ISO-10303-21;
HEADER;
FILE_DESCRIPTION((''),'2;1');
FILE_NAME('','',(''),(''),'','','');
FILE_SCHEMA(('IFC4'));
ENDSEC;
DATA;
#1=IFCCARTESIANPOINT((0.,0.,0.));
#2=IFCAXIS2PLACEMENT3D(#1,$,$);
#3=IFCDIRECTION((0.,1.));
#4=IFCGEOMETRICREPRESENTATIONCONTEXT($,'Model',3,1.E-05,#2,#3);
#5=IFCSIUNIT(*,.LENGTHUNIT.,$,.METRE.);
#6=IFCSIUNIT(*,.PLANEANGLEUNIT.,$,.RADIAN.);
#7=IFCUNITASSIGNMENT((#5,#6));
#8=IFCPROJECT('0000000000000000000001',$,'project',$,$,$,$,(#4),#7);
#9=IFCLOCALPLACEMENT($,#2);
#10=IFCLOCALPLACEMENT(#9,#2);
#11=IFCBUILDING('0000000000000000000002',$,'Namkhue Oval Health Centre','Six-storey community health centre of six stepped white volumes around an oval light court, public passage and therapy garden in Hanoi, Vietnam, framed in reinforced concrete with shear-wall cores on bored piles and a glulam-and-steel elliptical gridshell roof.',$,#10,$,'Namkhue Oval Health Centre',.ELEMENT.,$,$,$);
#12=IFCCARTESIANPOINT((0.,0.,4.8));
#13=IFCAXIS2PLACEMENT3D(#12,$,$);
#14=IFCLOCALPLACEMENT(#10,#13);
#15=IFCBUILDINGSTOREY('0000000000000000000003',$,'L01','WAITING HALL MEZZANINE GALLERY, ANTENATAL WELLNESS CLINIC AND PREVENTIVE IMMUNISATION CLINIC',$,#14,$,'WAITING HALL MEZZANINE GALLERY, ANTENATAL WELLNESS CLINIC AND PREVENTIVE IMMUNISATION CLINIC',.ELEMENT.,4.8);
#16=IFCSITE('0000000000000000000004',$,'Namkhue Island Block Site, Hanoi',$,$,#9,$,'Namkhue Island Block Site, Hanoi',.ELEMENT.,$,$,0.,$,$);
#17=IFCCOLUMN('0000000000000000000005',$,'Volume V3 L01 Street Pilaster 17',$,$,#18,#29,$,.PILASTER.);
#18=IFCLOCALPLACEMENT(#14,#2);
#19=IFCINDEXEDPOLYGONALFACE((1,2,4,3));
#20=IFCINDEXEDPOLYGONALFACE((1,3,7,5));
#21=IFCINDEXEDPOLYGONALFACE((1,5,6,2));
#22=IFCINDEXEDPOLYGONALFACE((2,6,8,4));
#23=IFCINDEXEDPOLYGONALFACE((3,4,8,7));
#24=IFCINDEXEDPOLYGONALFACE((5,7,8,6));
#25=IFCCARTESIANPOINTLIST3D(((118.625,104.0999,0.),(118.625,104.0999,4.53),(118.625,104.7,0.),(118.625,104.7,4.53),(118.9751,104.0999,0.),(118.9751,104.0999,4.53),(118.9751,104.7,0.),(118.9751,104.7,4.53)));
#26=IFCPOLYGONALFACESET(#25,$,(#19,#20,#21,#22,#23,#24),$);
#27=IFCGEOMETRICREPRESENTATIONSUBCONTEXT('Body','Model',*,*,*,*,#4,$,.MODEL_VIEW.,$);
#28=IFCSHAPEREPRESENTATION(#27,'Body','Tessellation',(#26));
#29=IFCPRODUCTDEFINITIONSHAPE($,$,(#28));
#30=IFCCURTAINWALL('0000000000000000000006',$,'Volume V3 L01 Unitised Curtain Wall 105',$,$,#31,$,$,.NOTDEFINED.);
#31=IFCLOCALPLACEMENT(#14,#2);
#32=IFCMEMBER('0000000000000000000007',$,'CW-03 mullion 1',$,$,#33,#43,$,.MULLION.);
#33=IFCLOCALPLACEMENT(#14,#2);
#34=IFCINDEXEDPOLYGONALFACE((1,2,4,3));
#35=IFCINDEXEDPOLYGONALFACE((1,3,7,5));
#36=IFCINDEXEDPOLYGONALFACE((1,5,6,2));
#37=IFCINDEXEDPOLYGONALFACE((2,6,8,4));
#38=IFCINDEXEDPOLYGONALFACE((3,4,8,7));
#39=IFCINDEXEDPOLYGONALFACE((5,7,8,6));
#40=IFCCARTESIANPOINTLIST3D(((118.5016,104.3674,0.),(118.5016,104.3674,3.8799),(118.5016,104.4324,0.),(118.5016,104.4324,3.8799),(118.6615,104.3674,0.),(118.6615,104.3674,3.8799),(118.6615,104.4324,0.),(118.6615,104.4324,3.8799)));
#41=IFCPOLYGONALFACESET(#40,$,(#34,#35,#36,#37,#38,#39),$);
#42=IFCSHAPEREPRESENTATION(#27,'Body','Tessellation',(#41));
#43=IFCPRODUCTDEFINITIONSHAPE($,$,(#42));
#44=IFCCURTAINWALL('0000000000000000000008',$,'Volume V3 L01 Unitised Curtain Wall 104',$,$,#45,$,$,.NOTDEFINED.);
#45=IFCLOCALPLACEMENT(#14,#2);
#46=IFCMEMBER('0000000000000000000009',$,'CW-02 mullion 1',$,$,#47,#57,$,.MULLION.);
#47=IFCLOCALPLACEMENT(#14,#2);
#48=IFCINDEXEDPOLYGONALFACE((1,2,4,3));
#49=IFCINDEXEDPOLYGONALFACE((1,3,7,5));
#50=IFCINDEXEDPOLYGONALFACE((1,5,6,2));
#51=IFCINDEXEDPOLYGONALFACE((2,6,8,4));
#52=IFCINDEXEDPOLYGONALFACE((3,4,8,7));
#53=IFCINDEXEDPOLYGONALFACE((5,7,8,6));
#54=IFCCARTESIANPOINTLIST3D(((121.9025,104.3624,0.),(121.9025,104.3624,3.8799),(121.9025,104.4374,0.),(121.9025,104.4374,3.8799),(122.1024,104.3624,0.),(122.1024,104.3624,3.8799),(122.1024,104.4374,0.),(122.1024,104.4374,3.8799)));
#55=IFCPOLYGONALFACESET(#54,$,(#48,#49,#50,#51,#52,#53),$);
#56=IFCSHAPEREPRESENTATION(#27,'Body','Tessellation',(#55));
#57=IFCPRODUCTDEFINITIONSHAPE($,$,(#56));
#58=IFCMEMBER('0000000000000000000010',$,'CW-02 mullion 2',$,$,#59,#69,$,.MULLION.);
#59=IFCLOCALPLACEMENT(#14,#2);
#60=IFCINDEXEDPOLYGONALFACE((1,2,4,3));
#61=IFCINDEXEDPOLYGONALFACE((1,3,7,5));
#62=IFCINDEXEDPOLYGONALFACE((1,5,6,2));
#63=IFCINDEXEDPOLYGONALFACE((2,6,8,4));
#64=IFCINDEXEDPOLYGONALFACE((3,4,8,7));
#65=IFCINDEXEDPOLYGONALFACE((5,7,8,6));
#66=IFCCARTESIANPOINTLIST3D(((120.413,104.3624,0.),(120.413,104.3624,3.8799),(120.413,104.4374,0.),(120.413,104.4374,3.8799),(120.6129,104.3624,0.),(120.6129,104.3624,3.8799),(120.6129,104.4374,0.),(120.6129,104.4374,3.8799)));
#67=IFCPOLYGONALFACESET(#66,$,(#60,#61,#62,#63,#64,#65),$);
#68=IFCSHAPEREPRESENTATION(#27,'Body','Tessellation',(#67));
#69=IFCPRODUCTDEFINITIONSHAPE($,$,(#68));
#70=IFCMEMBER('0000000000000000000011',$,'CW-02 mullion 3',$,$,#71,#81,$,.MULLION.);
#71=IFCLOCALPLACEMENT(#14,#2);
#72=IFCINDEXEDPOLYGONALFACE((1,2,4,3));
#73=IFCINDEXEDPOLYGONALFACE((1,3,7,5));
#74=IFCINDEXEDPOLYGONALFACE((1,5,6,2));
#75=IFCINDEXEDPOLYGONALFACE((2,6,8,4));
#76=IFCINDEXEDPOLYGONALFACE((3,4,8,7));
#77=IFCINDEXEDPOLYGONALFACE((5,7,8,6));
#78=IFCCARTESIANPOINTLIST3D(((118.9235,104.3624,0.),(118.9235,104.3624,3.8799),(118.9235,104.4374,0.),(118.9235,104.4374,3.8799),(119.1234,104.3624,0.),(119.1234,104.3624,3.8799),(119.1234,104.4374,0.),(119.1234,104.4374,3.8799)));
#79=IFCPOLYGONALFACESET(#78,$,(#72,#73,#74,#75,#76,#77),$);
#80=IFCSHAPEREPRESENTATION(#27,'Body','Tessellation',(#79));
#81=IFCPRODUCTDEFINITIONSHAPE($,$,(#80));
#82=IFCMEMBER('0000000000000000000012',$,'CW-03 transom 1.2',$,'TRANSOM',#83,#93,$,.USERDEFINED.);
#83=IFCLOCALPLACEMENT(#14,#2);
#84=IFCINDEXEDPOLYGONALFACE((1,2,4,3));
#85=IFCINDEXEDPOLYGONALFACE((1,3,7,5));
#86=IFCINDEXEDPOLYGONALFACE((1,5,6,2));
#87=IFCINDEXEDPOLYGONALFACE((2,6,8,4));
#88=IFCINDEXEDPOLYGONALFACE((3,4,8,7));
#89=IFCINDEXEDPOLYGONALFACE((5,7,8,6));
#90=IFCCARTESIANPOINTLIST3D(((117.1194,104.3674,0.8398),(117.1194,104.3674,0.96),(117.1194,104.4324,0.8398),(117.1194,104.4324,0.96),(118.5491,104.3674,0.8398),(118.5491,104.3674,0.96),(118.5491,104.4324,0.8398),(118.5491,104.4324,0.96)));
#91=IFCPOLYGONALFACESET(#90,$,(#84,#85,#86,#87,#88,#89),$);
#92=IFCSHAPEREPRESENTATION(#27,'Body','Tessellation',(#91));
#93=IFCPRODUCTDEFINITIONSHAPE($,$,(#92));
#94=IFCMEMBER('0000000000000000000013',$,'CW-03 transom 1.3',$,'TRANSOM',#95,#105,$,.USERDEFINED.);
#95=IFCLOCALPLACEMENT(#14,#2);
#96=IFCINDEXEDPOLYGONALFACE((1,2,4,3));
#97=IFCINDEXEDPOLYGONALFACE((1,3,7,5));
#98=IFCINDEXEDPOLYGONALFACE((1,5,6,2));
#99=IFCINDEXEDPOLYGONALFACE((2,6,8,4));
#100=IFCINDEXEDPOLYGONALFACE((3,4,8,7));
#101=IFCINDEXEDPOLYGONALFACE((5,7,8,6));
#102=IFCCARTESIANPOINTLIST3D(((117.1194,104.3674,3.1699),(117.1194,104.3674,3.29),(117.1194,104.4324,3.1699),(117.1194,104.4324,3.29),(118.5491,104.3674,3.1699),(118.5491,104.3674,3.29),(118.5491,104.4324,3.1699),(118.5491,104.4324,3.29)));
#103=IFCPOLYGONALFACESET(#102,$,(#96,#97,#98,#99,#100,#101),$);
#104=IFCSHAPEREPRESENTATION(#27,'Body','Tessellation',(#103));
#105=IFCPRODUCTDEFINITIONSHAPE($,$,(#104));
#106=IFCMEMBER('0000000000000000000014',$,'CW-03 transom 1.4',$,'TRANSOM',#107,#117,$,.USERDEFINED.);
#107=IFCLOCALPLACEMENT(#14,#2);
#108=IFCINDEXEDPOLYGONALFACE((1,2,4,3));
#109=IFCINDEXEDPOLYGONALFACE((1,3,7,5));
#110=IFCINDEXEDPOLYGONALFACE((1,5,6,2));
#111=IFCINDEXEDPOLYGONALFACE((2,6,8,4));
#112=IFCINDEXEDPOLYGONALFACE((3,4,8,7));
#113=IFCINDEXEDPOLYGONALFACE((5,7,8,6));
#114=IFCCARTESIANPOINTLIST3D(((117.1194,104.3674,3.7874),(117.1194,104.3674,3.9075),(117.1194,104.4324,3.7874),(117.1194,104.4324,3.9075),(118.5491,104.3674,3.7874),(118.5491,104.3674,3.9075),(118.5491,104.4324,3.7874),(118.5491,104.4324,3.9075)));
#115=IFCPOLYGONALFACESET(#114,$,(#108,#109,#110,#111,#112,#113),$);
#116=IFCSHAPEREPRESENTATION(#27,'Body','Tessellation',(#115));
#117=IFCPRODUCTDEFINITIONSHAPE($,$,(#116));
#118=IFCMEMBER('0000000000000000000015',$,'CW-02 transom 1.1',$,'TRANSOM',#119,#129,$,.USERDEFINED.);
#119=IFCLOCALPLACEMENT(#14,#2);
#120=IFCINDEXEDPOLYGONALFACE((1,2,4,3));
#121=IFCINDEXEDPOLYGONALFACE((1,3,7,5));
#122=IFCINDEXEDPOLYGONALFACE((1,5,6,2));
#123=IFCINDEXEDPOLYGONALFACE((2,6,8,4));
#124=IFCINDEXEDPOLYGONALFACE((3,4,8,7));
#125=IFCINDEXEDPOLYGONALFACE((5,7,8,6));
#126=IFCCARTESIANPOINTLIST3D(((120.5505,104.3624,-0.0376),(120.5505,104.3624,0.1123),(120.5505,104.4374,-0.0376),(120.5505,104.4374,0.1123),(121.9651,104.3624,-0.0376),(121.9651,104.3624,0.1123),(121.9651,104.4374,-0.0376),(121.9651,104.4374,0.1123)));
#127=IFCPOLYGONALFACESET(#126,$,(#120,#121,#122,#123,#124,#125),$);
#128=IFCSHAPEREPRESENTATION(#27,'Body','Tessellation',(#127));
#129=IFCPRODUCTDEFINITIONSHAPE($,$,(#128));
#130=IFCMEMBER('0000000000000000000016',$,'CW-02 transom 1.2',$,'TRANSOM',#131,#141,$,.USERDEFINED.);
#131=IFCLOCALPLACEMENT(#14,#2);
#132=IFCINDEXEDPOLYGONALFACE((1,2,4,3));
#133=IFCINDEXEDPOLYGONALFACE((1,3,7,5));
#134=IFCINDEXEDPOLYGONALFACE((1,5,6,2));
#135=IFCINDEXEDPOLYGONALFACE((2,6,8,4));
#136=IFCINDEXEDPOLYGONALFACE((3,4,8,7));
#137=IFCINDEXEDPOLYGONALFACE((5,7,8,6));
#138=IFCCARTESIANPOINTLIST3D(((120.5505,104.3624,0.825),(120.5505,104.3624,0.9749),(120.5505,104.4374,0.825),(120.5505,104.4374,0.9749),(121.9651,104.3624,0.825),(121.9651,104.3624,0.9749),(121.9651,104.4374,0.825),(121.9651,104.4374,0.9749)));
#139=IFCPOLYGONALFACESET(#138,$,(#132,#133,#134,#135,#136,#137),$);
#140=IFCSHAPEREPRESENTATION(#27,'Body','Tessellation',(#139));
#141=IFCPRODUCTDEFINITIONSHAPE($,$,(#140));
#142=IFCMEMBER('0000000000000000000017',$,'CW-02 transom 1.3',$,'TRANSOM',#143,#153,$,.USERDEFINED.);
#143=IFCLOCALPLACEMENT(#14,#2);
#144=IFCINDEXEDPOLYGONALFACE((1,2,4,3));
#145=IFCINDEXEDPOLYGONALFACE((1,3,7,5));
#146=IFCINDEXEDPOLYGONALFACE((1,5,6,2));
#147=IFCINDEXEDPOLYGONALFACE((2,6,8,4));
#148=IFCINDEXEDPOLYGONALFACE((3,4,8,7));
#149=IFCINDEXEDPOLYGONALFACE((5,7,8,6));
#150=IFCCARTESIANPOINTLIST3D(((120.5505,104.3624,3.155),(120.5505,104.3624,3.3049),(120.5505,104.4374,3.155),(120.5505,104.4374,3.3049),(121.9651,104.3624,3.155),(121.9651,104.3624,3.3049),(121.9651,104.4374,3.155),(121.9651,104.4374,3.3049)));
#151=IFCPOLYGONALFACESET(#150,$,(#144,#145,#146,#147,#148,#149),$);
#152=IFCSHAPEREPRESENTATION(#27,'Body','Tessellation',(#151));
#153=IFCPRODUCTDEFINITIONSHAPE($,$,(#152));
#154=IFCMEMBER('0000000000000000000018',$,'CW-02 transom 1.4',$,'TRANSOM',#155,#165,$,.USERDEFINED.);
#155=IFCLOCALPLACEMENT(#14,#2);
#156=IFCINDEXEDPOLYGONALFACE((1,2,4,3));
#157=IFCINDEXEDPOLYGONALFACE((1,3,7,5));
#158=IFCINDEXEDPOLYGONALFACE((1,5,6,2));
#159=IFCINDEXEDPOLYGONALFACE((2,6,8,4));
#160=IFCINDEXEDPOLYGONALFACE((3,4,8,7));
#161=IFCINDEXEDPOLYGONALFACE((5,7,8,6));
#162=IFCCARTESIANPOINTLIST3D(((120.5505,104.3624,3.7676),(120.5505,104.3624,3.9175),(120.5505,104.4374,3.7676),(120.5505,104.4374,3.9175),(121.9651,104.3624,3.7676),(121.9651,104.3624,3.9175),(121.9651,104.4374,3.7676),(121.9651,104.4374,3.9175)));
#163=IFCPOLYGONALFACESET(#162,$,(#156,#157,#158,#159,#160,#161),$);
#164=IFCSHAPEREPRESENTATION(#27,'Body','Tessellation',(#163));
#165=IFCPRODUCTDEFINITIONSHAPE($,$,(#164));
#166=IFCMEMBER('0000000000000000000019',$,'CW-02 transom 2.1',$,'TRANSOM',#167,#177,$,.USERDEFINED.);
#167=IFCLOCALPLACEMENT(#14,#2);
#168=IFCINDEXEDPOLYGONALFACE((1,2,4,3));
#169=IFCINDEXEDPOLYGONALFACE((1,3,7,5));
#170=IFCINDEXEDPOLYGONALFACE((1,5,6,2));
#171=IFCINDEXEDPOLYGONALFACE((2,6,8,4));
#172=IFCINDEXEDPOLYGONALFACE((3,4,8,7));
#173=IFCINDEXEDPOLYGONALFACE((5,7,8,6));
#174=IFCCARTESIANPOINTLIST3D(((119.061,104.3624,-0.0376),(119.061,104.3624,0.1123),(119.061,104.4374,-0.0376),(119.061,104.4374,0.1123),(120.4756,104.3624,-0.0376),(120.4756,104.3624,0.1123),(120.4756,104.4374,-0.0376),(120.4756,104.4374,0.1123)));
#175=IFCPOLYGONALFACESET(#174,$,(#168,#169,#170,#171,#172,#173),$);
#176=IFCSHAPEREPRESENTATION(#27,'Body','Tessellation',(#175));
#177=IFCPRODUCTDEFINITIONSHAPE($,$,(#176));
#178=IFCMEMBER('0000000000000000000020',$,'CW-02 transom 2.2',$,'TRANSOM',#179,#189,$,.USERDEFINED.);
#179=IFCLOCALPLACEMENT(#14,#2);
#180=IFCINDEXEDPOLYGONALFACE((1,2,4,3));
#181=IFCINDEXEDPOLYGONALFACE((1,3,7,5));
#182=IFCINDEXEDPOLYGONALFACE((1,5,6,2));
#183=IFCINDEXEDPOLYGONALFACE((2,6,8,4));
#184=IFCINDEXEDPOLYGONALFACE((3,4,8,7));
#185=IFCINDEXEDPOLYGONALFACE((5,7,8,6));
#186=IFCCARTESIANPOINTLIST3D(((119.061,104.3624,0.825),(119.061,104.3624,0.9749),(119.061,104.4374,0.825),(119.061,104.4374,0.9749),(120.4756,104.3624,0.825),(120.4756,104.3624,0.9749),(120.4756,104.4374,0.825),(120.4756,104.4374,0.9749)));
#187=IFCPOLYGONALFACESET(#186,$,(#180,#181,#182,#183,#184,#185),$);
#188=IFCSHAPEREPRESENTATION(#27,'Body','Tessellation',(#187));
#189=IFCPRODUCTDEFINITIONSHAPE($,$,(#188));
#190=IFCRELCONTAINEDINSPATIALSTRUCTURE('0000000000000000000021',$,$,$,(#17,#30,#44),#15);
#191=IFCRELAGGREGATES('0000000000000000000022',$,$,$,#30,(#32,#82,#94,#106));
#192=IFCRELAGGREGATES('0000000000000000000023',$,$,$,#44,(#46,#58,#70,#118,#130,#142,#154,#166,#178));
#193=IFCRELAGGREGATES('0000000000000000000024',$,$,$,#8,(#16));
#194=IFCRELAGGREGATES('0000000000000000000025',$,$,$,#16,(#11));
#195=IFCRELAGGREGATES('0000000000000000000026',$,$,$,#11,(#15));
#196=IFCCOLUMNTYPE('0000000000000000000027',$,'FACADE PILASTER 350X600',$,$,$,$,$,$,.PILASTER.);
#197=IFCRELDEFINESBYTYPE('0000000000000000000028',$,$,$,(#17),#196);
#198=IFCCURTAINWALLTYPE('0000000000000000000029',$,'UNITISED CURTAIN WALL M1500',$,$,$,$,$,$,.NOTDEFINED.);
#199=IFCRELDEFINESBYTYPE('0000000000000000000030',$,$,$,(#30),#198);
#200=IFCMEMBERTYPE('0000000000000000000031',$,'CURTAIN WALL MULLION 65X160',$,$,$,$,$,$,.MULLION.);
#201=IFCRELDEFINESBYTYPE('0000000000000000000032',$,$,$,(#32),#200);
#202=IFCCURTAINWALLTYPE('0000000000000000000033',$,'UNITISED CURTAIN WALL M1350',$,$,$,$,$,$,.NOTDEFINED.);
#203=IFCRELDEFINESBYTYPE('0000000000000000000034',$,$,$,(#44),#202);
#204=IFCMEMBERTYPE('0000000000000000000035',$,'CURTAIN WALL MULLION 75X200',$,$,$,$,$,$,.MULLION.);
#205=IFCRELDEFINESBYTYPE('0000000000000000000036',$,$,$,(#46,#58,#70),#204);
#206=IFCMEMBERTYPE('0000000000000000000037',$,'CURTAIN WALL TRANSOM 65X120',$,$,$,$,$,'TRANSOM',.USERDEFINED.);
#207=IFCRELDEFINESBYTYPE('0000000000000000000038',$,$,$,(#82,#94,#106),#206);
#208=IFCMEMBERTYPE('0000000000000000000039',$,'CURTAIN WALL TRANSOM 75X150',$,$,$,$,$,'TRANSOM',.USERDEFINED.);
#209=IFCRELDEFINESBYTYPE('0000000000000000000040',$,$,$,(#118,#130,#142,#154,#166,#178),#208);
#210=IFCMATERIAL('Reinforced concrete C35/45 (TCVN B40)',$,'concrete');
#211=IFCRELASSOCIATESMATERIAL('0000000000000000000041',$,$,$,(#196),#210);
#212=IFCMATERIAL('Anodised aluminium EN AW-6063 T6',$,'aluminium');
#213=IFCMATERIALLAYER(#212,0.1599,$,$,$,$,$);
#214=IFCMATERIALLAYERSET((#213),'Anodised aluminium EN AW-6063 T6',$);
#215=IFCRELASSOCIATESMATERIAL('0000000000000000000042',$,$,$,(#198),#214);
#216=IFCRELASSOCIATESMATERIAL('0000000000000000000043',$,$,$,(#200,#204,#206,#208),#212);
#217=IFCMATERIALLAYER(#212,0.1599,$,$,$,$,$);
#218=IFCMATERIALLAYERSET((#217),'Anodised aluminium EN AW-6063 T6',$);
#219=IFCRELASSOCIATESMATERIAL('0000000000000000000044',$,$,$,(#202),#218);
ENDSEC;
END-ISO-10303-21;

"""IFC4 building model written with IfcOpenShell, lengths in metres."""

from ifc_helpers import new_model, si_unit, direction, frame, origin, origin_2d, place, context, subcontext, project, spatial, rectangle, extrude, material, layer, layer_set, material_profile, profile_set, type_object, element, aggregate, save


model = new_model("IFC4")

# Units and contexts
model_context = context("Model", 3, precision=1e-05, world=origin(), true_north=direction((0.0, 1.0)))
body_context = subcontext(model_context, "Body", "Model", "MODEL_VIEW")
ifc_project = project(units=[si_unit("LENGTHUNIT", "METRE"), si_unit("PLANEANGLEUNIT", "RADIAN")], contexts=[model_context])

# Site, building, storey
site_placement = place(None, origin())
site = spatial("IfcSite", under=ifc_project, at=site_placement, Name="Namkhue Island Block Site, Hanoi", LongName="Namkhue Island Block Site, Hanoi", CompositionType="ELEMENT", RefElevation=0.0)
building_placement = place(site_placement, origin())
building = spatial("IfcBuilding", under=site, at=building_placement, Name="Namkhue Oval Health Centre", Description="Six-storey community health centre of six stepped white volumes around an oval light court, public passage and therapy garden in Hanoi, Vietnam, framed in reinforced concrete with shear-wall cores on bored piles and a glulam-and-steel elliptical gridshell roof.", LongName="Namkhue Oval Health Centre", CompositionType="ELEMENT")
storey_placement = place(building_placement, frame((0.0, 0.0, 4.8)))
storey = spatial("IfcBuildingStorey", under=building, at=storey_placement, Name="L01", Description="WAITING HALL MEZZANINE GALLERY, ANTENATAL WELLNESS CLINIC AND PREVENTIVE IMMUNISATION CLINIC", LongName="WAITING HALL MEZZANINE GALLERY, ANTENATAL WELLNESS CLINIC AND PREVENTIVE IMMUNISATION CLINIC", CompositionType="ELEMENT", Elevation=4.8)

# Column
ifc_material_1 = material(Name="Reinforced concrete C35/45 (TCVN B40)", Category="concrete")
ifc_material_profile_1 = material_profile(ifc_material_1, rectangle(XDim=0.3501, YDim=0.6001, at=origin_2d()), Name="RC 350x600")
ifc_profile_set_1 = profile_set([ifc_material_profile_1], Name="Reinforced concrete C35/45 (TCVN B40)")
column_type = type_object("IfcColumnType", Name="FACADE PILASTER 350X600", PredefinedType="PILASTER", material=ifc_profile_set_1)
column_placement = place(storey_placement, frame((118.8, 104.3999, 0.0), z_axis=(0.0, 0.0, 1.0), x_axis=(1.0, 0.0, 0.0)))
element("IfcColumn", 1, at=column_placement, inside=storey, type_object=column_type, Name="Volume V3 L01 Street Pilaster 17", PredefinedType="PILASTER", context=body_context, shape_type="SweptSolid", body=[
    extrude(rectangle(XDim=0.3501, YDim=0.6001, at=origin_2d()), origin(), (0.0, 0.0, 1.0), 4.53),
])

# Curtain wall, member
ifc_material_2 = material(Name="Anodised aluminium EN AW-6063 T6", Category="aluminium")
ifc_layer_1 = layer(ifc_material_2, 0.1599)
ifc_layer_set_1 = layer_set([ifc_layer_1], Name="Anodised aluminium EN AW-6063 T6")
curtain_wall_type_1 = type_object("IfcCurtainWallType", Name="UNITISED CURTAIN WALL M1500", PredefinedType="NOTDEFINED", material=ifc_layer_set_1)
curtain_wall_1_placement = place(storey_placement, origin())
curtain_wall_1 = element("IfcCurtainWall", 2, at=curtain_wall_1_placement, inside=storey, type_object=curtain_wall_type_1, Name="Volume V3 L01 Unitised Curtain Wall 105", PredefinedType="NOTDEFINED")
ifc_material_profile_2 = material_profile(ifc_material_2, rectangle(XDim=0.0649, YDim=0.1599, at=origin_2d()), Name="ALU 65x160")
ifc_profile_set_2 = profile_set([ifc_material_profile_2], Name="Anodised aluminium EN AW-6063 T6")
member_type_1 = type_object("IfcMemberType", Name="CURTAIN WALL MULLION 65X160", PredefinedType="MULLION", material=ifc_profile_set_2)
member_1_placement = place(storey_placement, frame((118.5815, 104.3999, 0.0), z_axis=(0.0, 0.0, 1.0), x_axis=(0.0, -1.0, 0.0)))
member_1 = element("IfcMember", 3, at=member_1_placement, type_object=member_type_1, Name="CW-03 mullion 1", PredefinedType="MULLION", context=body_context, shape_type="SweptSolid", body=[
    extrude(rectangle(XDim=0.0649, YDim=0.1599, at=origin_2d()), origin(), (0.0, 0.0, 1.0), 3.8799),
])

# Curtain wall, members
ifc_layer_2 = layer(ifc_material_2, 0.1599)
ifc_layer_set_2 = layer_set([ifc_layer_2], Name="Anodised aluminium EN AW-6063 T6")
curtain_wall_type_2 = type_object("IfcCurtainWallType", Name="UNITISED CURTAIN WALL M1350", PredefinedType="NOTDEFINED", material=ifc_layer_set_2)
curtain_wall_2_placement = place(storey_placement, origin())
curtain_wall_2 = element("IfcCurtainWall", 4, at=curtain_wall_2_placement, inside=storey, type_object=curtain_wall_type_2, Name="Volume V3 L01 Unitised Curtain Wall 104", PredefinedType="NOTDEFINED")
ifc_material_profile_3 = material_profile(ifc_material_2, rectangle(XDim=0.075, YDim=0.2, at=origin_2d()), Name="ALU 75x200")
ifc_profile_set_3 = profile_set([ifc_material_profile_3], Name="Anodised aluminium EN AW-6063 T6")
member_type_2 = type_object("IfcMemberType", Name="CURTAIN WALL MULLION 75X200", PredefinedType="MULLION", material=ifc_profile_set_3)
member_2_placement = place(storey_placement, frame((122.0024, 104.3999, 0.0), z_axis=(0.0, 0.0, 1.0), x_axis=(0.0, -1.0, 0.0)))
member_2 = element("IfcMember", 5, at=member_2_placement, type_object=member_type_2, Name="CW-02 mullion 1", PredefinedType="MULLION", context=body_context, shape_type="SweptSolid", body=[
    extrude(rectangle(XDim=0.075, YDim=0.2, at=origin_2d()), origin(), (0.0, 0.0, 1.0), 3.8799),
])
member_3_placement = place(storey_placement, frame((120.5129, 104.3999, 0.0), z_axis=(0.0, 0.0, 1.0), x_axis=(0.0, -1.0, 0.0)))
member_3 = element("IfcMember", 6, at=member_3_placement, type_object=member_type_2, Name="CW-02 mullion 2", PredefinedType="MULLION", context=body_context, shape_type="SweptSolid", body=[
    extrude(rectangle(XDim=0.075, YDim=0.2, at=origin_2d()), origin(), (0.0, 0.0, 1.0), 3.8799),
])
member_4_placement = place(storey_placement, frame((119.0234, 104.3999, 0.0), z_axis=(0.0, 0.0, 1.0), x_axis=(0.0, -1.0, 0.0)))
member_4 = element("IfcMember", 7, at=member_4_placement, type_object=member_type_2, Name="CW-02 mullion 3", PredefinedType="MULLION", context=body_context, shape_type="SweptSolid", body=[
    extrude(rectangle(XDim=0.075, YDim=0.2, at=origin_2d()), origin(), (0.0, 0.0, 1.0), 3.8799),
])

# Members
ifc_material_profile_4 = material_profile(ifc_material_2, rectangle(XDim=0.0649, YDim=0.1201, at=origin_2d()), Name="ALU 65x120")
ifc_profile_set_4 = profile_set([ifc_material_profile_4], Name="Anodised aluminium EN AW-6063 T6")
member_type_3 = type_object("IfcMemberType", Name="CURTAIN WALL TRANSOM 65X120", ElementType="TRANSOM", PredefinedType="USERDEFINED", material=ifc_profile_set_4)
member_5_placement = place(storey_placement, frame((118.5491, 104.3999, 0.8999), z_axis=(-1.0, 0.0, 0.0), x_axis=(0.0, -1.0, 0.0)))
member_5 = element("IfcMember", 8, at=member_5_placement, type_object=member_type_3, Name="CW-03 transom 1.2", ObjectType="TRANSOM", PredefinedType="USERDEFINED", context=body_context, shape_type="SweptSolid", body=[
    extrude(rectangle(XDim=0.0649, YDim=0.1201, at=origin_2d()), origin(), (0.0, 0.0, 1.0), 1.4297),
])
member_6_placement = place(storey_placement, frame((118.5491, 104.3999, 3.23), z_axis=(-1.0, 0.0, 0.0), x_axis=(0.0, -1.0, 0.0)))
member_6 = element("IfcMember", 9, at=member_6_placement, type_object=member_type_3, Name="CW-03 transom 1.3", ObjectType="TRANSOM", PredefinedType="USERDEFINED", context=body_context, shape_type="SweptSolid", body=[
    extrude(rectangle(XDim=0.0649, YDim=0.1201, at=origin_2d()), origin(), (0.0, 0.0, 1.0), 1.4297),
])
member_7_placement = place(storey_placement, frame((118.5491, 104.3999, 3.8474), z_axis=(-1.0, 0.0, 0.0), x_axis=(0.0, -1.0, 0.0)))
member_7 = element("IfcMember", 10, at=member_7_placement, type_object=member_type_3, Name="CW-03 transom 1.4", ObjectType="TRANSOM", PredefinedType="USERDEFINED", context=body_context, shape_type="SweptSolid", body=[
    extrude(rectangle(XDim=0.0649, YDim=0.1201, at=origin_2d()), origin(), (0.0, 0.0, 1.0), 1.4297),
])
aggregate(curtain_wall_1, [member_1, member_5, member_6, member_7])
ifc_material_profile_5 = material_profile(ifc_material_2, rectangle(XDim=0.075, YDim=0.1499, at=origin_2d()), Name="ALU 75x150")
ifc_profile_set_5 = profile_set([ifc_material_profile_5], Name="Anodised aluminium EN AW-6063 T6")
member_type_4 = type_object("IfcMemberType", Name="CURTAIN WALL TRANSOM 75X150", ElementType="TRANSOM", PredefinedType="USERDEFINED", material=ifc_profile_set_5)
member_8_placement = place(storey_placement, frame((121.9651, 104.3999, 0.0374), z_axis=(-1.0, 0.0, 0.0), x_axis=(0.0, -1.0, 0.0)))
member_8 = element("IfcMember", 11, at=member_8_placement, type_object=member_type_4, Name="CW-02 transom 1.1", ObjectType="TRANSOM", PredefinedType="USERDEFINED", context=body_context, shape_type="SweptSolid", body=[
    extrude(rectangle(XDim=0.075, YDim=0.1499, at=origin_2d()), origin(), (0.0, 0.0, 1.0), 1.4146),
])
member_9_placement = place(storey_placement, frame((121.9651, 104.3999, 0.8999), z_axis=(-1.0, 0.0, 0.0), x_axis=(0.0, -1.0, 0.0)))
member_9 = element("IfcMember", 12, at=member_9_placement, type_object=member_type_4, Name="CW-02 transom 1.2", ObjectType="TRANSOM", PredefinedType="USERDEFINED", context=body_context, shape_type="SweptSolid", body=[
    extrude(rectangle(XDim=0.075, YDim=0.1499, at=origin_2d()), origin(), (0.0, 0.0, 1.0), 1.4146),
])
member_10_placement = place(storey_placement, frame((121.9651, 104.3999, 3.23), z_axis=(-1.0, 0.0, 0.0), x_axis=(0.0, -1.0, 0.0)))
member_10 = element("IfcMember", 13, at=member_10_placement, type_object=member_type_4, Name="CW-02 transom 1.3", ObjectType="TRANSOM", PredefinedType="USERDEFINED", context=body_context, shape_type="SweptSolid", body=[
    extrude(rectangle(XDim=0.075, YDim=0.1499, at=origin_2d()), origin(), (0.0, 0.0, 1.0), 1.4146),
])
member_11_placement = place(storey_placement, frame((121.9651, 104.3999, 3.8425), z_axis=(-1.0, 0.0, 0.0), x_axis=(0.0, -1.0, 0.0)))
member_11 = element("IfcMember", 14, at=member_11_placement, type_object=member_type_4, Name="CW-02 transom 1.4", ObjectType="TRANSOM", PredefinedType="USERDEFINED", context=body_context, shape_type="SweptSolid", body=[
    extrude(rectangle(XDim=0.075, YDim=0.1499, at=origin_2d()), origin(), (0.0, 0.0, 1.0), 1.4146),
])
member_12_placement = place(storey_placement, frame((120.4756, 104.3999, 0.0374), z_axis=(-1.0, 0.0, 0.0), x_axis=(0.0, -1.0, 0.0)))
member_12 = element("IfcMember", 15, at=member_12_placement, type_object=member_type_4, Name="CW-02 transom 2.1", ObjectType="TRANSOM", PredefinedType="USERDEFINED", context=body_context, shape_type="SweptSolid", body=[
    extrude(rectangle(XDim=0.075, YDim=0.1499, at=origin_2d()), origin(), (0.0, 0.0, 1.0), 1.4146),
])
member_13_placement = place(storey_placement, frame((120.4756, 104.3999, 0.8999), z_axis=(-1.0, 0.0, 0.0), x_axis=(0.0, -1.0, 0.0)))
member_13 = element("IfcMember", 16, at=member_13_placement, type_object=member_type_4, Name="CW-02 transom 2.2", ObjectType="TRANSOM", PredefinedType="USERDEFINED", context=body_context, shape_type="SweptSolid", body=[
    extrude(rectangle(XDim=0.075, YDim=0.1499, at=origin_2d()), origin(), (0.0, 0.0, 1.0), 1.4146),
])

aggregate(curtain_wall_2, [member_2, member_3, member_4, member_8, member_9, member_10, member_11, member_12, member_13])

save(model, "model.ifc")
